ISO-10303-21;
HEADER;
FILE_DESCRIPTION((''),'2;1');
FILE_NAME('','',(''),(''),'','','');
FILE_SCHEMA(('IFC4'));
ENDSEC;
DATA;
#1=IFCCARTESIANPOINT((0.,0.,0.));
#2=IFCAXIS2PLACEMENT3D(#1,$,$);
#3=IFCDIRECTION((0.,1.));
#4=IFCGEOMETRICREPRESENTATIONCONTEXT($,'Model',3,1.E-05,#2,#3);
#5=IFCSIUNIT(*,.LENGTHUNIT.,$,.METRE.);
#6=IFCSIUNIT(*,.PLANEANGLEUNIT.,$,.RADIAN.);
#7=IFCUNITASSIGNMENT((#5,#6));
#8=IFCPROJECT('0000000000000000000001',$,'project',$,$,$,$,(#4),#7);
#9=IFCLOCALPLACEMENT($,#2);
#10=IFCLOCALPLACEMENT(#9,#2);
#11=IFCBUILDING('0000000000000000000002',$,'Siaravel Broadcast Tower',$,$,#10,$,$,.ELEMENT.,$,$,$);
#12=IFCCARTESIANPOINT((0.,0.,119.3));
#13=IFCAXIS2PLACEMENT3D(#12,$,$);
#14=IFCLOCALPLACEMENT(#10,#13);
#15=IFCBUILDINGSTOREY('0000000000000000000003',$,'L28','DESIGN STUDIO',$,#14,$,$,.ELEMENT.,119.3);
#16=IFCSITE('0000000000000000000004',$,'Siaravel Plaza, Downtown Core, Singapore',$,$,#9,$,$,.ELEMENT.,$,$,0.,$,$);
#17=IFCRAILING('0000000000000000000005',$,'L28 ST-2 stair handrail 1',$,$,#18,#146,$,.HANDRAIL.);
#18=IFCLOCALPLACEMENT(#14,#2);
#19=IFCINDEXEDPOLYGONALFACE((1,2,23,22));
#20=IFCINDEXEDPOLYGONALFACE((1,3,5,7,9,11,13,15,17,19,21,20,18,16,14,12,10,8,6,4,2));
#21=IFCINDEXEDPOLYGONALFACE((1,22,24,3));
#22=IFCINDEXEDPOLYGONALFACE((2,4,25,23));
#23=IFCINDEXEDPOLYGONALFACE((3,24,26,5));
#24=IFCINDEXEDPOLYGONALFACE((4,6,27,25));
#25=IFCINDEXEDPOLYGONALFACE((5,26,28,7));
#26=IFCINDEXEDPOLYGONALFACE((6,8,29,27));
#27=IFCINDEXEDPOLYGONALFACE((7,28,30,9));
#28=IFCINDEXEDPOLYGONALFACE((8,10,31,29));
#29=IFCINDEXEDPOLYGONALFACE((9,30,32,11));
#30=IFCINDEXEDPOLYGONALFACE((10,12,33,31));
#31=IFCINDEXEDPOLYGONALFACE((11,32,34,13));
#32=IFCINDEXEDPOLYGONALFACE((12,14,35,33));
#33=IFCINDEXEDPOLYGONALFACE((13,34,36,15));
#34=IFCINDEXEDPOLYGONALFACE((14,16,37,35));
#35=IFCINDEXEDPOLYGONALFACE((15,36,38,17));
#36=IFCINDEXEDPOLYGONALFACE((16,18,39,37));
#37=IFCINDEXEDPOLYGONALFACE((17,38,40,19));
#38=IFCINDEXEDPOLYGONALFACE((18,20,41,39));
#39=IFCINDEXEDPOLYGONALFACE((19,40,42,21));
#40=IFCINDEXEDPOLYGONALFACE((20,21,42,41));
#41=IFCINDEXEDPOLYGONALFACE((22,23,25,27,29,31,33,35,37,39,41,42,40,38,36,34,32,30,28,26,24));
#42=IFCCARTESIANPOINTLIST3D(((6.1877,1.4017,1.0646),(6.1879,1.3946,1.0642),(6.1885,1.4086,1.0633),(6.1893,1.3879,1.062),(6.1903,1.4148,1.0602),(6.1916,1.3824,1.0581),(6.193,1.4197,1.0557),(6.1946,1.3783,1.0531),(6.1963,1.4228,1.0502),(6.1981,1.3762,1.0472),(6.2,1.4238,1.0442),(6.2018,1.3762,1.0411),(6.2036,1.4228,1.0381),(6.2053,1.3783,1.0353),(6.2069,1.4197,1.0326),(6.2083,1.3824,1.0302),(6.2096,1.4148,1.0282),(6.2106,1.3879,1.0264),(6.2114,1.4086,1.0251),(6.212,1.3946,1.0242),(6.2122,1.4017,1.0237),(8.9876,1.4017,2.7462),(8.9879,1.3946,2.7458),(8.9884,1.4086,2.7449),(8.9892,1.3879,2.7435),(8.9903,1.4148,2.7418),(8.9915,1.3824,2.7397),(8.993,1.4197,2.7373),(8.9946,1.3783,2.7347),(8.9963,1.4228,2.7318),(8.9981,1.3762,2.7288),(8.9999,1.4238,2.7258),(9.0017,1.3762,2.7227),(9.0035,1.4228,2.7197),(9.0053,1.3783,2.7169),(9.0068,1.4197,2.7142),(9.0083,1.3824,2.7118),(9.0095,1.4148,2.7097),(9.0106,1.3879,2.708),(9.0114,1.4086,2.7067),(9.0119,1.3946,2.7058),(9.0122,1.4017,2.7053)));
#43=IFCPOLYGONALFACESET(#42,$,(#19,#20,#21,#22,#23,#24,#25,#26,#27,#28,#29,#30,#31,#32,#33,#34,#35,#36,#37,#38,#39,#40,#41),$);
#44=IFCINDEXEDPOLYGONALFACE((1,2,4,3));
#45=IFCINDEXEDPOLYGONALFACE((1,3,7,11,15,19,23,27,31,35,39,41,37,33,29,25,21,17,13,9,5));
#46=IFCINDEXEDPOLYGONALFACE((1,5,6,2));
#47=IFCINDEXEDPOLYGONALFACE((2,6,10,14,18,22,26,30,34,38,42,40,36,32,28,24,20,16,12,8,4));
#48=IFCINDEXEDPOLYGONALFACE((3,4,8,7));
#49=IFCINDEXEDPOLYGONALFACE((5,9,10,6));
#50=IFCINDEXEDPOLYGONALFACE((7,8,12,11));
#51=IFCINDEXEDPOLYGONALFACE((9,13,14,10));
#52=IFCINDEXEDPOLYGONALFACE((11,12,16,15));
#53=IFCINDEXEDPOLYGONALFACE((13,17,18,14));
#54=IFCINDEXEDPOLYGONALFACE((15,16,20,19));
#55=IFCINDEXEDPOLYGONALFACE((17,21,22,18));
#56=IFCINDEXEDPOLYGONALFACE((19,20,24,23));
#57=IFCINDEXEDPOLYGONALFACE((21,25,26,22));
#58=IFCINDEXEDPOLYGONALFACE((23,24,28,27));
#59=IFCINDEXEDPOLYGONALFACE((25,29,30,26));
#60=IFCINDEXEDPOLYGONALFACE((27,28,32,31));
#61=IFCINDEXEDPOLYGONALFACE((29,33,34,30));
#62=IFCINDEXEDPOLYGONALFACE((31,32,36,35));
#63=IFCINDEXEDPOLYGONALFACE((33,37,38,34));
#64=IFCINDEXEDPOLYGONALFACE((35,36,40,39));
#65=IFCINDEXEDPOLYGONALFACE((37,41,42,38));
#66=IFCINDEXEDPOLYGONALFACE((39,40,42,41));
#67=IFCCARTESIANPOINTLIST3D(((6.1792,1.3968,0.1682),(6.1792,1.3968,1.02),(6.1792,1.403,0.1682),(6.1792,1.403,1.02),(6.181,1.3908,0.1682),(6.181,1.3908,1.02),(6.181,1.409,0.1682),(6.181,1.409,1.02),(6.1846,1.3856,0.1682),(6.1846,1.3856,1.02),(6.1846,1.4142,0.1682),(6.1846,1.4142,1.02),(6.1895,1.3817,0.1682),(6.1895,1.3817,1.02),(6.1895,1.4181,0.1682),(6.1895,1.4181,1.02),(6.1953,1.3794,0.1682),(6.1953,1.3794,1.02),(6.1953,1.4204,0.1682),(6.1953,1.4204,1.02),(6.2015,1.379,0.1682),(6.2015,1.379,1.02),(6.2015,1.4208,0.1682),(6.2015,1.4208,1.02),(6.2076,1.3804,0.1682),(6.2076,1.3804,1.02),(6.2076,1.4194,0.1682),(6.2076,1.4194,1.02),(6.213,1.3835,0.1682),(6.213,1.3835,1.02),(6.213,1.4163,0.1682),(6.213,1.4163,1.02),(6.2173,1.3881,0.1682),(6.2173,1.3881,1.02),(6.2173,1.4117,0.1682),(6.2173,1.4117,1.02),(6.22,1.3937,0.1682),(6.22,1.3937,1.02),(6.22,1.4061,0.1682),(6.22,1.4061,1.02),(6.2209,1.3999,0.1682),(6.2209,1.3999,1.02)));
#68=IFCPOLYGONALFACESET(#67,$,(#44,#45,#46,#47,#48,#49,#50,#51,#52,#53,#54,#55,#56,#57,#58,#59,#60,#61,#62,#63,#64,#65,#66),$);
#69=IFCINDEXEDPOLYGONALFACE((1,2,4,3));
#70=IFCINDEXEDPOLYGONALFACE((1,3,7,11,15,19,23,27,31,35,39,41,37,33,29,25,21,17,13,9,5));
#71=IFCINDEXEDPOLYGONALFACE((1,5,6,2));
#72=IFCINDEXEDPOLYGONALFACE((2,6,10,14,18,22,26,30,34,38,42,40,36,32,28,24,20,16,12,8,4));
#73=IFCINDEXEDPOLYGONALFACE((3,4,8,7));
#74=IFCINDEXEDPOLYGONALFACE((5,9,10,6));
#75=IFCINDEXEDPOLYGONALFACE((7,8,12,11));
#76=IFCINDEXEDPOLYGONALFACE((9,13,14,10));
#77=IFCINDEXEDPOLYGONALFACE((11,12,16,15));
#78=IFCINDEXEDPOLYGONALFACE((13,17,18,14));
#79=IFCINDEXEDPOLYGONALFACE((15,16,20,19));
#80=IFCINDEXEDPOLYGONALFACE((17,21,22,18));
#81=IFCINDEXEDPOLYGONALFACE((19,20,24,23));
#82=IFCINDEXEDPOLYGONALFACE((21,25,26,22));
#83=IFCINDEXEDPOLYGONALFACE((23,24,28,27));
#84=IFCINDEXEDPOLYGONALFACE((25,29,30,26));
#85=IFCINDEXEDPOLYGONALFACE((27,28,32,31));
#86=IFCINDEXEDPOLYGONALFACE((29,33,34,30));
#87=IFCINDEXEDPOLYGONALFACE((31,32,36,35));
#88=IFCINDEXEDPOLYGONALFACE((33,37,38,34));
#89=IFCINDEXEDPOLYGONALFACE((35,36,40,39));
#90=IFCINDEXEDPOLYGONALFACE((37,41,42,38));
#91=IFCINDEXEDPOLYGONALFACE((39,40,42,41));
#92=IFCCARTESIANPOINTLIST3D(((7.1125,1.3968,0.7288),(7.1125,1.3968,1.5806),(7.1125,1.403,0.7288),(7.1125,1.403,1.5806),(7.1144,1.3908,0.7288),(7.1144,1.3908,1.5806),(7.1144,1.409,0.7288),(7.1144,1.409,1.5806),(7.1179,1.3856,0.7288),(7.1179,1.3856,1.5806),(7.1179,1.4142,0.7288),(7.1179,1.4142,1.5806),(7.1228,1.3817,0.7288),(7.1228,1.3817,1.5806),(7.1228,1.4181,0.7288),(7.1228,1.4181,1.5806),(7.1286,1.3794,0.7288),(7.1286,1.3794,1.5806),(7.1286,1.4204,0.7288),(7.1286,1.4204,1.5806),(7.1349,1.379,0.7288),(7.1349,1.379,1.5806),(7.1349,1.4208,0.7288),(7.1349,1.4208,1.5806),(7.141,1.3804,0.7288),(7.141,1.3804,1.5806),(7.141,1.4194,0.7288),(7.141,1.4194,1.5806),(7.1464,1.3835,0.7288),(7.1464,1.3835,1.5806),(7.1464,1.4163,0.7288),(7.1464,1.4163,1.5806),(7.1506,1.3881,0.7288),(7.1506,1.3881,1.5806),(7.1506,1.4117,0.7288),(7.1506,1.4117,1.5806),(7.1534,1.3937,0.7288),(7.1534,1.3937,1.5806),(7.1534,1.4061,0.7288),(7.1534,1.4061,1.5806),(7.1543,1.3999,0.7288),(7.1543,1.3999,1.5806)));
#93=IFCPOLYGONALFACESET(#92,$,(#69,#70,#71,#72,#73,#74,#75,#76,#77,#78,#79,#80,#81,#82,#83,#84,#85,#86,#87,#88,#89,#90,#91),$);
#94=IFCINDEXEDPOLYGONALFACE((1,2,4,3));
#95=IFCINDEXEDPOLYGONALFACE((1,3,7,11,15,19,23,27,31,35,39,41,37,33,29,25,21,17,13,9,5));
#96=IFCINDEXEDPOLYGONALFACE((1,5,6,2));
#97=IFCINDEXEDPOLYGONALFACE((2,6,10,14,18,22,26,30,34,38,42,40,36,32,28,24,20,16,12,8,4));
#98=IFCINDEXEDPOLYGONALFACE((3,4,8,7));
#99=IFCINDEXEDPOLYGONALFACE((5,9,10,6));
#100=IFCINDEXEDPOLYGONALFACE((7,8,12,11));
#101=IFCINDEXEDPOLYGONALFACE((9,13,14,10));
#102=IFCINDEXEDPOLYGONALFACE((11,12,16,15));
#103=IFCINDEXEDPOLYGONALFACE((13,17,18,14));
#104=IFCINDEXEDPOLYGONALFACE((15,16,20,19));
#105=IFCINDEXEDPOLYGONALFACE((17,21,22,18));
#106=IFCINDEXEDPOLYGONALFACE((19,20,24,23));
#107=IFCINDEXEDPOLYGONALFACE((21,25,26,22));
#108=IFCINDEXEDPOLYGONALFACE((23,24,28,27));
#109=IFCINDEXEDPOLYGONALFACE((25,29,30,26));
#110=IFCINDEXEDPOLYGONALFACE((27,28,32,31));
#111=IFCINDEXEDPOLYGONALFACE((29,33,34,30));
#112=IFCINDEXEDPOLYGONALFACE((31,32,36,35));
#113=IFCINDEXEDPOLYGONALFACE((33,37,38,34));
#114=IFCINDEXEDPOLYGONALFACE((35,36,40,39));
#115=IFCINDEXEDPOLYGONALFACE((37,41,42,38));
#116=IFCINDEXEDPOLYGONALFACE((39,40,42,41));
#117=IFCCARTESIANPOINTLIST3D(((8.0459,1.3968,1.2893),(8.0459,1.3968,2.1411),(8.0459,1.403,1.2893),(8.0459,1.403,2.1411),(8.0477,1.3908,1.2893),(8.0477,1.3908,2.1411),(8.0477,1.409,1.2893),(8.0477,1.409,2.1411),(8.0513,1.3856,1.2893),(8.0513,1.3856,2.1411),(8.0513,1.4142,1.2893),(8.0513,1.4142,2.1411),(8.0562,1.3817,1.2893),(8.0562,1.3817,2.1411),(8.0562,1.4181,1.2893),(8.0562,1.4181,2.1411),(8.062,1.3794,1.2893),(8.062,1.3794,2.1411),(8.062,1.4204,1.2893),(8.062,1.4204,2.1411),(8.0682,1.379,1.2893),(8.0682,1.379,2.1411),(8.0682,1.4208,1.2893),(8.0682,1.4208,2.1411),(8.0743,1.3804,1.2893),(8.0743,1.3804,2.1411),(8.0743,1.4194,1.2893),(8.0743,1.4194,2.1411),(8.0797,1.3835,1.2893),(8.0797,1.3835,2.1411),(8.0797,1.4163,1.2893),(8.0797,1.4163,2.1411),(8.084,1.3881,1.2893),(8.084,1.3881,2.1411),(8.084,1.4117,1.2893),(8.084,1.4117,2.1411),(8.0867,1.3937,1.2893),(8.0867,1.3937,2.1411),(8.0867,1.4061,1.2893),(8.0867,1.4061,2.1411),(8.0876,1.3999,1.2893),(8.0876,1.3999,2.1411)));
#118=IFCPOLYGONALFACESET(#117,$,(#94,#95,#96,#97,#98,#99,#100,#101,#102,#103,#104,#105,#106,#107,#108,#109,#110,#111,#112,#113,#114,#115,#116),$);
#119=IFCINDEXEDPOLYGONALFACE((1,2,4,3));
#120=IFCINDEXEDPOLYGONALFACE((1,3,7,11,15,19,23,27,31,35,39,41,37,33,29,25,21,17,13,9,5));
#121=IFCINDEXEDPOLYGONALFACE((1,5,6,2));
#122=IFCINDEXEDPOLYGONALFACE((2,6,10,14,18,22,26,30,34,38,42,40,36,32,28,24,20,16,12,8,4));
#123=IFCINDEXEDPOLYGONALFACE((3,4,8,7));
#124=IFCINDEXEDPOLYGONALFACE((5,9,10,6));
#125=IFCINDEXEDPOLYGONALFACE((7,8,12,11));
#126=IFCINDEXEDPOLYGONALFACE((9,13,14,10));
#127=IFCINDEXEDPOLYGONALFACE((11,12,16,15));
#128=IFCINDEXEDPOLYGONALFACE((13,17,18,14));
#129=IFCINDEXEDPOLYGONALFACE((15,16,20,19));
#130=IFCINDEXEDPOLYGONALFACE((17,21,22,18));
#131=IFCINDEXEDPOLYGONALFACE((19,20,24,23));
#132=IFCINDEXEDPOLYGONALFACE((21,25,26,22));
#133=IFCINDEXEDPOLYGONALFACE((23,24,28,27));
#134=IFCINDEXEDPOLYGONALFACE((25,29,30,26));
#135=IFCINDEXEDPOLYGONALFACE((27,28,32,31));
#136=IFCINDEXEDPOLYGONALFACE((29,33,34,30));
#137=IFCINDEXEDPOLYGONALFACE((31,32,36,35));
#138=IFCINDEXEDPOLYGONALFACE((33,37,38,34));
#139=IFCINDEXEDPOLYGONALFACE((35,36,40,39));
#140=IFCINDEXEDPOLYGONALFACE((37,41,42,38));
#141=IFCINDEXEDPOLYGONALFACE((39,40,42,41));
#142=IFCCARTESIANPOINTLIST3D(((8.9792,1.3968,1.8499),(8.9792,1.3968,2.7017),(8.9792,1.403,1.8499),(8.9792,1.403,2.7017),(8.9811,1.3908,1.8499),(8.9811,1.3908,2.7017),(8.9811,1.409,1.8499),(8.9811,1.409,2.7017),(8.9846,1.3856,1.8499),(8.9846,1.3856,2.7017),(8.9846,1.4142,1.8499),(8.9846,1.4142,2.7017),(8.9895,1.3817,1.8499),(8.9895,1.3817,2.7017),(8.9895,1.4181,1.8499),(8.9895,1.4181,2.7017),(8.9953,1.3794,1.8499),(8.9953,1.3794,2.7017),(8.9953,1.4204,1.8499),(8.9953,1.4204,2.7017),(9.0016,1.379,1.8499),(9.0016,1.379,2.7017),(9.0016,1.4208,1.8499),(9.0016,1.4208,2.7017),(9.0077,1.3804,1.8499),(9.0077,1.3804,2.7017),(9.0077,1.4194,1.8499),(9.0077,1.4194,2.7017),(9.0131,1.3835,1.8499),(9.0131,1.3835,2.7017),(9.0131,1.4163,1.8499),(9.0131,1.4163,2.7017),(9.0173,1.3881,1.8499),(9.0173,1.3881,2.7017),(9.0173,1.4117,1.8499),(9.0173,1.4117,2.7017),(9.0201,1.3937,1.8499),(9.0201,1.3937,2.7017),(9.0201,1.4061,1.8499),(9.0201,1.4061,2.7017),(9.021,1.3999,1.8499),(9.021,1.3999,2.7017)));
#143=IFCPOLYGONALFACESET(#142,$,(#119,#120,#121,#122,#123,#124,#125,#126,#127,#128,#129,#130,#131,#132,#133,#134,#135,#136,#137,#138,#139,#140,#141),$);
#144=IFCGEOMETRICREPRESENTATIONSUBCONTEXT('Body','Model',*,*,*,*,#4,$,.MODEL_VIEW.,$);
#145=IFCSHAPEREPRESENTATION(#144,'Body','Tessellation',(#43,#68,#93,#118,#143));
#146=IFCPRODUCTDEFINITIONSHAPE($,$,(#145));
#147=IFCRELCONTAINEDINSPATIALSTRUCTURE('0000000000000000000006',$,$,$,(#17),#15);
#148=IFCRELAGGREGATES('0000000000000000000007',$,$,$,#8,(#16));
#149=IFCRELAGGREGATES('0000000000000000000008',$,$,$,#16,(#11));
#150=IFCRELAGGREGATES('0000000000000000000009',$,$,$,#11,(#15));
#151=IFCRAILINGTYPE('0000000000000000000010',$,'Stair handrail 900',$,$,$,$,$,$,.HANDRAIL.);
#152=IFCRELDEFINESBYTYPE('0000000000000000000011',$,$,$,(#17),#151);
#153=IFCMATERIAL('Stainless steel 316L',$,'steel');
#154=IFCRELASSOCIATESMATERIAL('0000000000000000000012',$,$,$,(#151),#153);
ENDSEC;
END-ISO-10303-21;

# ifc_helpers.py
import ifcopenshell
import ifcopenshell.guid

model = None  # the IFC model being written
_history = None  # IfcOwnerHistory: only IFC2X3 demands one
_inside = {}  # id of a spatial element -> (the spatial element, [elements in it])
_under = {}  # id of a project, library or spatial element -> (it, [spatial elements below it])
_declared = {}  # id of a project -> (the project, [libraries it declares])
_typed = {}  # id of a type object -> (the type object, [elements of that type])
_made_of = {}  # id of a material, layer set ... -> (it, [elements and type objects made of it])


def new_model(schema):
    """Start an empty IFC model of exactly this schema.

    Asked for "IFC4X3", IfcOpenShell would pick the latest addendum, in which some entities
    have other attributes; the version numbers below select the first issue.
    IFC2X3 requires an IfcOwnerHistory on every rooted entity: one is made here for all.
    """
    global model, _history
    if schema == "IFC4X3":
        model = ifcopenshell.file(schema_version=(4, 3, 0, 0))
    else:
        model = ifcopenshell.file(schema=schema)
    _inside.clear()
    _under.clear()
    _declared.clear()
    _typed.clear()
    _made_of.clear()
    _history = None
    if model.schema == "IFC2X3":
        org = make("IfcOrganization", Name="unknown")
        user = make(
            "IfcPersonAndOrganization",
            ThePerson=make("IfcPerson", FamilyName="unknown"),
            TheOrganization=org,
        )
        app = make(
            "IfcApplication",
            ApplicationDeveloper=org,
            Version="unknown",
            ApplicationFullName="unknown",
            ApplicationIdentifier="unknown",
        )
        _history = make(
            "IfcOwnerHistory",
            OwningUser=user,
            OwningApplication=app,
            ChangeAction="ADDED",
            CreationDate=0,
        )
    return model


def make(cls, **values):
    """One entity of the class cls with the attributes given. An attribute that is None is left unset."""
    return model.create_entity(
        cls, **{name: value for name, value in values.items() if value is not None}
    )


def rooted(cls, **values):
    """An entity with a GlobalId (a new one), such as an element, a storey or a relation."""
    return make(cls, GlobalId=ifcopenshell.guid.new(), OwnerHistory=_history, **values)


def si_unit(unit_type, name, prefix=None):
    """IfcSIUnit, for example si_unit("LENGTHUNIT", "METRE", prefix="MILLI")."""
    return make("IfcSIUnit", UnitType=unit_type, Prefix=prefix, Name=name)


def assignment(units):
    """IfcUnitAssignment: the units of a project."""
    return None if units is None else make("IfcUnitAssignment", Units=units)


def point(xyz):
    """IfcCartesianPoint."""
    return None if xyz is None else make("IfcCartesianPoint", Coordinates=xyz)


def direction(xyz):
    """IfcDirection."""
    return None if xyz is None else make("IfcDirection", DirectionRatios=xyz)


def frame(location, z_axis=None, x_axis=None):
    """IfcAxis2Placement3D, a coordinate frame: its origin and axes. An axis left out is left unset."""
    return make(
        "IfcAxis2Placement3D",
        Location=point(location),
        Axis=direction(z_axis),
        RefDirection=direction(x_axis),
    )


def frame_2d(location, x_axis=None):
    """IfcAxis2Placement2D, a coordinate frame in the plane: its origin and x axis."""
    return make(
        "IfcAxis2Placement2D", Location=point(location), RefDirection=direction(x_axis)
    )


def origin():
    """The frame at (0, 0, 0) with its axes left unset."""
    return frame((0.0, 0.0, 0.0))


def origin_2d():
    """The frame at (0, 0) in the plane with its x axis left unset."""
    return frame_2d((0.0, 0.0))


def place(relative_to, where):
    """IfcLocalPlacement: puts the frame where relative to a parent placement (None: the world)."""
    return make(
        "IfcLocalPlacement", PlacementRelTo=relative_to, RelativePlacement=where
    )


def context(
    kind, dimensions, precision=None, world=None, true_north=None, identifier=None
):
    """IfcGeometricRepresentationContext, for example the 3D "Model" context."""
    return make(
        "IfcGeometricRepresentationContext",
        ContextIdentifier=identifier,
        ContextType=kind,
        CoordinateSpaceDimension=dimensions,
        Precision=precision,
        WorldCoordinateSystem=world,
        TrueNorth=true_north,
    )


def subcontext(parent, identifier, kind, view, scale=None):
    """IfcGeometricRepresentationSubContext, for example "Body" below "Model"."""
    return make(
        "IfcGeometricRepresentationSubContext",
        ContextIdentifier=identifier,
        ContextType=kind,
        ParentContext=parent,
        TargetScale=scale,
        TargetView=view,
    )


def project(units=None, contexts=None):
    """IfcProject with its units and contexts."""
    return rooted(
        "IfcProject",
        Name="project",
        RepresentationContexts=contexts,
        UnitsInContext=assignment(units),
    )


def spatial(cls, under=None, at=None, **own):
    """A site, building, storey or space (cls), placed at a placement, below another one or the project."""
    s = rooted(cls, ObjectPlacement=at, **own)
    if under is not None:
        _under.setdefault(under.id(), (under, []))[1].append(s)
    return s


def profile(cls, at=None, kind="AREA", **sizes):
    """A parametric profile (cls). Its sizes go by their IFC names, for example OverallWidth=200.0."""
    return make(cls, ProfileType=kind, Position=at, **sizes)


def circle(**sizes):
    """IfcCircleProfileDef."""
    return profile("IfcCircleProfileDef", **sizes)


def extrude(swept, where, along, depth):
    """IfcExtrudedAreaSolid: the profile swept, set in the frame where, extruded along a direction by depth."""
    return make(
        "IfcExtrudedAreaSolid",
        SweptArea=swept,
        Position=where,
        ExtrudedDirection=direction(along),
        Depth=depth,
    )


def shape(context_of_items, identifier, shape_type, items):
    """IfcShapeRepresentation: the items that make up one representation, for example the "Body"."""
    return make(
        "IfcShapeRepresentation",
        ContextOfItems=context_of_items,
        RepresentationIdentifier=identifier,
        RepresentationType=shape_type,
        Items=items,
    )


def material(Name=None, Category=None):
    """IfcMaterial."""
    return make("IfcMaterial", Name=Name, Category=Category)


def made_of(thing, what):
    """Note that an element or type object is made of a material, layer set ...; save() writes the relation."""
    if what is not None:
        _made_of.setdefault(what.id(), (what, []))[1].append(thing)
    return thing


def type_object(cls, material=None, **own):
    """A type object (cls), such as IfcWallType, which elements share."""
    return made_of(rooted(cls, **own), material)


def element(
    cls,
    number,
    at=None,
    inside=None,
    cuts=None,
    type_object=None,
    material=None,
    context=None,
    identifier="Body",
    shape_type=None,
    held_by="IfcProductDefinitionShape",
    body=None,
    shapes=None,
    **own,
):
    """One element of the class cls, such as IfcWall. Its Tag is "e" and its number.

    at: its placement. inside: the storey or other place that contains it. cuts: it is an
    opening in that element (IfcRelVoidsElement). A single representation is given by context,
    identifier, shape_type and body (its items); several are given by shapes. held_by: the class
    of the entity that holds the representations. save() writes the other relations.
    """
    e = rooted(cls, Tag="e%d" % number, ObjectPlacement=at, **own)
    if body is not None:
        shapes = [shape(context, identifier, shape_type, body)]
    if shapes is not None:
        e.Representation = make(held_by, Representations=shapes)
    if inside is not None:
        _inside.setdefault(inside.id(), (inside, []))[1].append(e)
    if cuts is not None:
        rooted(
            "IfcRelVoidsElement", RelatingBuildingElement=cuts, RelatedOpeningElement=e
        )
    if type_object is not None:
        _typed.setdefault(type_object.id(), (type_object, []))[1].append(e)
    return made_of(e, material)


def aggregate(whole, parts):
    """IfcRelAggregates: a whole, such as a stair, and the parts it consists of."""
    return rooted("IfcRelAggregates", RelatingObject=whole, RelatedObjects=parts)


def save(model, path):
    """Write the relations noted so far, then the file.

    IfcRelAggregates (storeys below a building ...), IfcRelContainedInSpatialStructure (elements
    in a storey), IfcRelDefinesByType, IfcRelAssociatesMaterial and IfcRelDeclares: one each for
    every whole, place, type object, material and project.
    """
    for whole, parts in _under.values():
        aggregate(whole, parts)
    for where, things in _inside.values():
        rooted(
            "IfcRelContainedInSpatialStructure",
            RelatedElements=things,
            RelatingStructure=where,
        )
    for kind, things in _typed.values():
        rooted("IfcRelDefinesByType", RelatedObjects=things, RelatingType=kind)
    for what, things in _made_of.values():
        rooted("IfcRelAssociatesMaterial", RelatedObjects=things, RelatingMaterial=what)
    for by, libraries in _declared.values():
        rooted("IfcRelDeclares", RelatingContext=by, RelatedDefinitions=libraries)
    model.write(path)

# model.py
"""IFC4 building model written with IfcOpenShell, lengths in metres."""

from ifc_helpers import new_model, si_unit, direction, frame, origin, origin_2d, place, context, subcontext, project, spatial, circle, extrude, material, type_object, element, save


model = new_model("IFC4")

# Units and contexts
model_context = context("Model", 3, precision=1e-05, world=origin(), true_north=direction((0.0, 1.0)))
body_context = subcontext(model_context, "Body", "Model", "MODEL_VIEW")
ifc_project = project(units=[si_unit("LENGTHUNIT", "METRE"), si_unit("PLANEANGLEUNIT", "RADIAN")], contexts=[model_context])

# Site, building, storey
site_placement = place(None, origin())
site = spatial("IfcSite", under=ifc_project, at=site_placement, Name="Siaravel Plaza, Downtown Core, Singapore", CompositionType="ELEMENT", RefElevation=0.0)
building_placement = place(site_placement, origin())
building = spatial("IfcBuilding", under=site, at=building_placement, Name="Siaravel Broadcast Tower", CompositionType="ELEMENT")
storey_placement = place(building_placement, frame((0.0, 0.0, 119.3)))
storey = spatial("IfcBuildingStorey", under=building, at=storey_placement, Name="L28", Description="DESIGN STUDIO", CompositionType="ELEMENT", Elevation=119.3)

# Railing
ifc_material_1 = material(Name="Stainless steel 316L", Category="steel")
railing_type_1 = type_object("IfcRailingType", Name="Stair handrail 900", PredefinedType="HANDRAIL", material=ifc_material_1)
railing_1_placement = place(storey_placement, frame((6.2, 1.3999, 0.1682)))
element("IfcRailing", 1, at=railing_1_placement, inside=storey, type_object=railing_type_1, Name="L28 ST-2 stair handrail 1", PredefinedType="HANDRAIL", context=body_context, shape_type="SweptSolid", body=[
    extrude(circle(Radius=0.0239, at=origin_2d()), frame((0.0, 0.0, 0.876), z_axis=(0.857275, 0.0, 0.514858), x_axis=(0.0, 1.0, 0.0)), (0.0, 0.0, 1.0), 3.2661),
    extrude(circle(Radius=0.021, at=origin_2d()), origin(), (0.0, 0.0, 1.0), 0.8518),
    extrude(circle(Radius=0.021, at=origin_2d()), frame((0.9333, 0.0, 0.5605)), (0.0, 0.0, 1.0), 0.8518),
    extrude(circle(Radius=0.021, at=origin_2d()), frame((1.8667, 0.0, 1.1211)), (0.0, 0.0, 1.0), 0.8518),
    extrude(circle(Radius=0.021, at=origin_2d()), frame((2.8, 0.0, 1.6816)), (0.0, 0.0, 1.0), 0.8518),
])

save(model, "model.ifc")
